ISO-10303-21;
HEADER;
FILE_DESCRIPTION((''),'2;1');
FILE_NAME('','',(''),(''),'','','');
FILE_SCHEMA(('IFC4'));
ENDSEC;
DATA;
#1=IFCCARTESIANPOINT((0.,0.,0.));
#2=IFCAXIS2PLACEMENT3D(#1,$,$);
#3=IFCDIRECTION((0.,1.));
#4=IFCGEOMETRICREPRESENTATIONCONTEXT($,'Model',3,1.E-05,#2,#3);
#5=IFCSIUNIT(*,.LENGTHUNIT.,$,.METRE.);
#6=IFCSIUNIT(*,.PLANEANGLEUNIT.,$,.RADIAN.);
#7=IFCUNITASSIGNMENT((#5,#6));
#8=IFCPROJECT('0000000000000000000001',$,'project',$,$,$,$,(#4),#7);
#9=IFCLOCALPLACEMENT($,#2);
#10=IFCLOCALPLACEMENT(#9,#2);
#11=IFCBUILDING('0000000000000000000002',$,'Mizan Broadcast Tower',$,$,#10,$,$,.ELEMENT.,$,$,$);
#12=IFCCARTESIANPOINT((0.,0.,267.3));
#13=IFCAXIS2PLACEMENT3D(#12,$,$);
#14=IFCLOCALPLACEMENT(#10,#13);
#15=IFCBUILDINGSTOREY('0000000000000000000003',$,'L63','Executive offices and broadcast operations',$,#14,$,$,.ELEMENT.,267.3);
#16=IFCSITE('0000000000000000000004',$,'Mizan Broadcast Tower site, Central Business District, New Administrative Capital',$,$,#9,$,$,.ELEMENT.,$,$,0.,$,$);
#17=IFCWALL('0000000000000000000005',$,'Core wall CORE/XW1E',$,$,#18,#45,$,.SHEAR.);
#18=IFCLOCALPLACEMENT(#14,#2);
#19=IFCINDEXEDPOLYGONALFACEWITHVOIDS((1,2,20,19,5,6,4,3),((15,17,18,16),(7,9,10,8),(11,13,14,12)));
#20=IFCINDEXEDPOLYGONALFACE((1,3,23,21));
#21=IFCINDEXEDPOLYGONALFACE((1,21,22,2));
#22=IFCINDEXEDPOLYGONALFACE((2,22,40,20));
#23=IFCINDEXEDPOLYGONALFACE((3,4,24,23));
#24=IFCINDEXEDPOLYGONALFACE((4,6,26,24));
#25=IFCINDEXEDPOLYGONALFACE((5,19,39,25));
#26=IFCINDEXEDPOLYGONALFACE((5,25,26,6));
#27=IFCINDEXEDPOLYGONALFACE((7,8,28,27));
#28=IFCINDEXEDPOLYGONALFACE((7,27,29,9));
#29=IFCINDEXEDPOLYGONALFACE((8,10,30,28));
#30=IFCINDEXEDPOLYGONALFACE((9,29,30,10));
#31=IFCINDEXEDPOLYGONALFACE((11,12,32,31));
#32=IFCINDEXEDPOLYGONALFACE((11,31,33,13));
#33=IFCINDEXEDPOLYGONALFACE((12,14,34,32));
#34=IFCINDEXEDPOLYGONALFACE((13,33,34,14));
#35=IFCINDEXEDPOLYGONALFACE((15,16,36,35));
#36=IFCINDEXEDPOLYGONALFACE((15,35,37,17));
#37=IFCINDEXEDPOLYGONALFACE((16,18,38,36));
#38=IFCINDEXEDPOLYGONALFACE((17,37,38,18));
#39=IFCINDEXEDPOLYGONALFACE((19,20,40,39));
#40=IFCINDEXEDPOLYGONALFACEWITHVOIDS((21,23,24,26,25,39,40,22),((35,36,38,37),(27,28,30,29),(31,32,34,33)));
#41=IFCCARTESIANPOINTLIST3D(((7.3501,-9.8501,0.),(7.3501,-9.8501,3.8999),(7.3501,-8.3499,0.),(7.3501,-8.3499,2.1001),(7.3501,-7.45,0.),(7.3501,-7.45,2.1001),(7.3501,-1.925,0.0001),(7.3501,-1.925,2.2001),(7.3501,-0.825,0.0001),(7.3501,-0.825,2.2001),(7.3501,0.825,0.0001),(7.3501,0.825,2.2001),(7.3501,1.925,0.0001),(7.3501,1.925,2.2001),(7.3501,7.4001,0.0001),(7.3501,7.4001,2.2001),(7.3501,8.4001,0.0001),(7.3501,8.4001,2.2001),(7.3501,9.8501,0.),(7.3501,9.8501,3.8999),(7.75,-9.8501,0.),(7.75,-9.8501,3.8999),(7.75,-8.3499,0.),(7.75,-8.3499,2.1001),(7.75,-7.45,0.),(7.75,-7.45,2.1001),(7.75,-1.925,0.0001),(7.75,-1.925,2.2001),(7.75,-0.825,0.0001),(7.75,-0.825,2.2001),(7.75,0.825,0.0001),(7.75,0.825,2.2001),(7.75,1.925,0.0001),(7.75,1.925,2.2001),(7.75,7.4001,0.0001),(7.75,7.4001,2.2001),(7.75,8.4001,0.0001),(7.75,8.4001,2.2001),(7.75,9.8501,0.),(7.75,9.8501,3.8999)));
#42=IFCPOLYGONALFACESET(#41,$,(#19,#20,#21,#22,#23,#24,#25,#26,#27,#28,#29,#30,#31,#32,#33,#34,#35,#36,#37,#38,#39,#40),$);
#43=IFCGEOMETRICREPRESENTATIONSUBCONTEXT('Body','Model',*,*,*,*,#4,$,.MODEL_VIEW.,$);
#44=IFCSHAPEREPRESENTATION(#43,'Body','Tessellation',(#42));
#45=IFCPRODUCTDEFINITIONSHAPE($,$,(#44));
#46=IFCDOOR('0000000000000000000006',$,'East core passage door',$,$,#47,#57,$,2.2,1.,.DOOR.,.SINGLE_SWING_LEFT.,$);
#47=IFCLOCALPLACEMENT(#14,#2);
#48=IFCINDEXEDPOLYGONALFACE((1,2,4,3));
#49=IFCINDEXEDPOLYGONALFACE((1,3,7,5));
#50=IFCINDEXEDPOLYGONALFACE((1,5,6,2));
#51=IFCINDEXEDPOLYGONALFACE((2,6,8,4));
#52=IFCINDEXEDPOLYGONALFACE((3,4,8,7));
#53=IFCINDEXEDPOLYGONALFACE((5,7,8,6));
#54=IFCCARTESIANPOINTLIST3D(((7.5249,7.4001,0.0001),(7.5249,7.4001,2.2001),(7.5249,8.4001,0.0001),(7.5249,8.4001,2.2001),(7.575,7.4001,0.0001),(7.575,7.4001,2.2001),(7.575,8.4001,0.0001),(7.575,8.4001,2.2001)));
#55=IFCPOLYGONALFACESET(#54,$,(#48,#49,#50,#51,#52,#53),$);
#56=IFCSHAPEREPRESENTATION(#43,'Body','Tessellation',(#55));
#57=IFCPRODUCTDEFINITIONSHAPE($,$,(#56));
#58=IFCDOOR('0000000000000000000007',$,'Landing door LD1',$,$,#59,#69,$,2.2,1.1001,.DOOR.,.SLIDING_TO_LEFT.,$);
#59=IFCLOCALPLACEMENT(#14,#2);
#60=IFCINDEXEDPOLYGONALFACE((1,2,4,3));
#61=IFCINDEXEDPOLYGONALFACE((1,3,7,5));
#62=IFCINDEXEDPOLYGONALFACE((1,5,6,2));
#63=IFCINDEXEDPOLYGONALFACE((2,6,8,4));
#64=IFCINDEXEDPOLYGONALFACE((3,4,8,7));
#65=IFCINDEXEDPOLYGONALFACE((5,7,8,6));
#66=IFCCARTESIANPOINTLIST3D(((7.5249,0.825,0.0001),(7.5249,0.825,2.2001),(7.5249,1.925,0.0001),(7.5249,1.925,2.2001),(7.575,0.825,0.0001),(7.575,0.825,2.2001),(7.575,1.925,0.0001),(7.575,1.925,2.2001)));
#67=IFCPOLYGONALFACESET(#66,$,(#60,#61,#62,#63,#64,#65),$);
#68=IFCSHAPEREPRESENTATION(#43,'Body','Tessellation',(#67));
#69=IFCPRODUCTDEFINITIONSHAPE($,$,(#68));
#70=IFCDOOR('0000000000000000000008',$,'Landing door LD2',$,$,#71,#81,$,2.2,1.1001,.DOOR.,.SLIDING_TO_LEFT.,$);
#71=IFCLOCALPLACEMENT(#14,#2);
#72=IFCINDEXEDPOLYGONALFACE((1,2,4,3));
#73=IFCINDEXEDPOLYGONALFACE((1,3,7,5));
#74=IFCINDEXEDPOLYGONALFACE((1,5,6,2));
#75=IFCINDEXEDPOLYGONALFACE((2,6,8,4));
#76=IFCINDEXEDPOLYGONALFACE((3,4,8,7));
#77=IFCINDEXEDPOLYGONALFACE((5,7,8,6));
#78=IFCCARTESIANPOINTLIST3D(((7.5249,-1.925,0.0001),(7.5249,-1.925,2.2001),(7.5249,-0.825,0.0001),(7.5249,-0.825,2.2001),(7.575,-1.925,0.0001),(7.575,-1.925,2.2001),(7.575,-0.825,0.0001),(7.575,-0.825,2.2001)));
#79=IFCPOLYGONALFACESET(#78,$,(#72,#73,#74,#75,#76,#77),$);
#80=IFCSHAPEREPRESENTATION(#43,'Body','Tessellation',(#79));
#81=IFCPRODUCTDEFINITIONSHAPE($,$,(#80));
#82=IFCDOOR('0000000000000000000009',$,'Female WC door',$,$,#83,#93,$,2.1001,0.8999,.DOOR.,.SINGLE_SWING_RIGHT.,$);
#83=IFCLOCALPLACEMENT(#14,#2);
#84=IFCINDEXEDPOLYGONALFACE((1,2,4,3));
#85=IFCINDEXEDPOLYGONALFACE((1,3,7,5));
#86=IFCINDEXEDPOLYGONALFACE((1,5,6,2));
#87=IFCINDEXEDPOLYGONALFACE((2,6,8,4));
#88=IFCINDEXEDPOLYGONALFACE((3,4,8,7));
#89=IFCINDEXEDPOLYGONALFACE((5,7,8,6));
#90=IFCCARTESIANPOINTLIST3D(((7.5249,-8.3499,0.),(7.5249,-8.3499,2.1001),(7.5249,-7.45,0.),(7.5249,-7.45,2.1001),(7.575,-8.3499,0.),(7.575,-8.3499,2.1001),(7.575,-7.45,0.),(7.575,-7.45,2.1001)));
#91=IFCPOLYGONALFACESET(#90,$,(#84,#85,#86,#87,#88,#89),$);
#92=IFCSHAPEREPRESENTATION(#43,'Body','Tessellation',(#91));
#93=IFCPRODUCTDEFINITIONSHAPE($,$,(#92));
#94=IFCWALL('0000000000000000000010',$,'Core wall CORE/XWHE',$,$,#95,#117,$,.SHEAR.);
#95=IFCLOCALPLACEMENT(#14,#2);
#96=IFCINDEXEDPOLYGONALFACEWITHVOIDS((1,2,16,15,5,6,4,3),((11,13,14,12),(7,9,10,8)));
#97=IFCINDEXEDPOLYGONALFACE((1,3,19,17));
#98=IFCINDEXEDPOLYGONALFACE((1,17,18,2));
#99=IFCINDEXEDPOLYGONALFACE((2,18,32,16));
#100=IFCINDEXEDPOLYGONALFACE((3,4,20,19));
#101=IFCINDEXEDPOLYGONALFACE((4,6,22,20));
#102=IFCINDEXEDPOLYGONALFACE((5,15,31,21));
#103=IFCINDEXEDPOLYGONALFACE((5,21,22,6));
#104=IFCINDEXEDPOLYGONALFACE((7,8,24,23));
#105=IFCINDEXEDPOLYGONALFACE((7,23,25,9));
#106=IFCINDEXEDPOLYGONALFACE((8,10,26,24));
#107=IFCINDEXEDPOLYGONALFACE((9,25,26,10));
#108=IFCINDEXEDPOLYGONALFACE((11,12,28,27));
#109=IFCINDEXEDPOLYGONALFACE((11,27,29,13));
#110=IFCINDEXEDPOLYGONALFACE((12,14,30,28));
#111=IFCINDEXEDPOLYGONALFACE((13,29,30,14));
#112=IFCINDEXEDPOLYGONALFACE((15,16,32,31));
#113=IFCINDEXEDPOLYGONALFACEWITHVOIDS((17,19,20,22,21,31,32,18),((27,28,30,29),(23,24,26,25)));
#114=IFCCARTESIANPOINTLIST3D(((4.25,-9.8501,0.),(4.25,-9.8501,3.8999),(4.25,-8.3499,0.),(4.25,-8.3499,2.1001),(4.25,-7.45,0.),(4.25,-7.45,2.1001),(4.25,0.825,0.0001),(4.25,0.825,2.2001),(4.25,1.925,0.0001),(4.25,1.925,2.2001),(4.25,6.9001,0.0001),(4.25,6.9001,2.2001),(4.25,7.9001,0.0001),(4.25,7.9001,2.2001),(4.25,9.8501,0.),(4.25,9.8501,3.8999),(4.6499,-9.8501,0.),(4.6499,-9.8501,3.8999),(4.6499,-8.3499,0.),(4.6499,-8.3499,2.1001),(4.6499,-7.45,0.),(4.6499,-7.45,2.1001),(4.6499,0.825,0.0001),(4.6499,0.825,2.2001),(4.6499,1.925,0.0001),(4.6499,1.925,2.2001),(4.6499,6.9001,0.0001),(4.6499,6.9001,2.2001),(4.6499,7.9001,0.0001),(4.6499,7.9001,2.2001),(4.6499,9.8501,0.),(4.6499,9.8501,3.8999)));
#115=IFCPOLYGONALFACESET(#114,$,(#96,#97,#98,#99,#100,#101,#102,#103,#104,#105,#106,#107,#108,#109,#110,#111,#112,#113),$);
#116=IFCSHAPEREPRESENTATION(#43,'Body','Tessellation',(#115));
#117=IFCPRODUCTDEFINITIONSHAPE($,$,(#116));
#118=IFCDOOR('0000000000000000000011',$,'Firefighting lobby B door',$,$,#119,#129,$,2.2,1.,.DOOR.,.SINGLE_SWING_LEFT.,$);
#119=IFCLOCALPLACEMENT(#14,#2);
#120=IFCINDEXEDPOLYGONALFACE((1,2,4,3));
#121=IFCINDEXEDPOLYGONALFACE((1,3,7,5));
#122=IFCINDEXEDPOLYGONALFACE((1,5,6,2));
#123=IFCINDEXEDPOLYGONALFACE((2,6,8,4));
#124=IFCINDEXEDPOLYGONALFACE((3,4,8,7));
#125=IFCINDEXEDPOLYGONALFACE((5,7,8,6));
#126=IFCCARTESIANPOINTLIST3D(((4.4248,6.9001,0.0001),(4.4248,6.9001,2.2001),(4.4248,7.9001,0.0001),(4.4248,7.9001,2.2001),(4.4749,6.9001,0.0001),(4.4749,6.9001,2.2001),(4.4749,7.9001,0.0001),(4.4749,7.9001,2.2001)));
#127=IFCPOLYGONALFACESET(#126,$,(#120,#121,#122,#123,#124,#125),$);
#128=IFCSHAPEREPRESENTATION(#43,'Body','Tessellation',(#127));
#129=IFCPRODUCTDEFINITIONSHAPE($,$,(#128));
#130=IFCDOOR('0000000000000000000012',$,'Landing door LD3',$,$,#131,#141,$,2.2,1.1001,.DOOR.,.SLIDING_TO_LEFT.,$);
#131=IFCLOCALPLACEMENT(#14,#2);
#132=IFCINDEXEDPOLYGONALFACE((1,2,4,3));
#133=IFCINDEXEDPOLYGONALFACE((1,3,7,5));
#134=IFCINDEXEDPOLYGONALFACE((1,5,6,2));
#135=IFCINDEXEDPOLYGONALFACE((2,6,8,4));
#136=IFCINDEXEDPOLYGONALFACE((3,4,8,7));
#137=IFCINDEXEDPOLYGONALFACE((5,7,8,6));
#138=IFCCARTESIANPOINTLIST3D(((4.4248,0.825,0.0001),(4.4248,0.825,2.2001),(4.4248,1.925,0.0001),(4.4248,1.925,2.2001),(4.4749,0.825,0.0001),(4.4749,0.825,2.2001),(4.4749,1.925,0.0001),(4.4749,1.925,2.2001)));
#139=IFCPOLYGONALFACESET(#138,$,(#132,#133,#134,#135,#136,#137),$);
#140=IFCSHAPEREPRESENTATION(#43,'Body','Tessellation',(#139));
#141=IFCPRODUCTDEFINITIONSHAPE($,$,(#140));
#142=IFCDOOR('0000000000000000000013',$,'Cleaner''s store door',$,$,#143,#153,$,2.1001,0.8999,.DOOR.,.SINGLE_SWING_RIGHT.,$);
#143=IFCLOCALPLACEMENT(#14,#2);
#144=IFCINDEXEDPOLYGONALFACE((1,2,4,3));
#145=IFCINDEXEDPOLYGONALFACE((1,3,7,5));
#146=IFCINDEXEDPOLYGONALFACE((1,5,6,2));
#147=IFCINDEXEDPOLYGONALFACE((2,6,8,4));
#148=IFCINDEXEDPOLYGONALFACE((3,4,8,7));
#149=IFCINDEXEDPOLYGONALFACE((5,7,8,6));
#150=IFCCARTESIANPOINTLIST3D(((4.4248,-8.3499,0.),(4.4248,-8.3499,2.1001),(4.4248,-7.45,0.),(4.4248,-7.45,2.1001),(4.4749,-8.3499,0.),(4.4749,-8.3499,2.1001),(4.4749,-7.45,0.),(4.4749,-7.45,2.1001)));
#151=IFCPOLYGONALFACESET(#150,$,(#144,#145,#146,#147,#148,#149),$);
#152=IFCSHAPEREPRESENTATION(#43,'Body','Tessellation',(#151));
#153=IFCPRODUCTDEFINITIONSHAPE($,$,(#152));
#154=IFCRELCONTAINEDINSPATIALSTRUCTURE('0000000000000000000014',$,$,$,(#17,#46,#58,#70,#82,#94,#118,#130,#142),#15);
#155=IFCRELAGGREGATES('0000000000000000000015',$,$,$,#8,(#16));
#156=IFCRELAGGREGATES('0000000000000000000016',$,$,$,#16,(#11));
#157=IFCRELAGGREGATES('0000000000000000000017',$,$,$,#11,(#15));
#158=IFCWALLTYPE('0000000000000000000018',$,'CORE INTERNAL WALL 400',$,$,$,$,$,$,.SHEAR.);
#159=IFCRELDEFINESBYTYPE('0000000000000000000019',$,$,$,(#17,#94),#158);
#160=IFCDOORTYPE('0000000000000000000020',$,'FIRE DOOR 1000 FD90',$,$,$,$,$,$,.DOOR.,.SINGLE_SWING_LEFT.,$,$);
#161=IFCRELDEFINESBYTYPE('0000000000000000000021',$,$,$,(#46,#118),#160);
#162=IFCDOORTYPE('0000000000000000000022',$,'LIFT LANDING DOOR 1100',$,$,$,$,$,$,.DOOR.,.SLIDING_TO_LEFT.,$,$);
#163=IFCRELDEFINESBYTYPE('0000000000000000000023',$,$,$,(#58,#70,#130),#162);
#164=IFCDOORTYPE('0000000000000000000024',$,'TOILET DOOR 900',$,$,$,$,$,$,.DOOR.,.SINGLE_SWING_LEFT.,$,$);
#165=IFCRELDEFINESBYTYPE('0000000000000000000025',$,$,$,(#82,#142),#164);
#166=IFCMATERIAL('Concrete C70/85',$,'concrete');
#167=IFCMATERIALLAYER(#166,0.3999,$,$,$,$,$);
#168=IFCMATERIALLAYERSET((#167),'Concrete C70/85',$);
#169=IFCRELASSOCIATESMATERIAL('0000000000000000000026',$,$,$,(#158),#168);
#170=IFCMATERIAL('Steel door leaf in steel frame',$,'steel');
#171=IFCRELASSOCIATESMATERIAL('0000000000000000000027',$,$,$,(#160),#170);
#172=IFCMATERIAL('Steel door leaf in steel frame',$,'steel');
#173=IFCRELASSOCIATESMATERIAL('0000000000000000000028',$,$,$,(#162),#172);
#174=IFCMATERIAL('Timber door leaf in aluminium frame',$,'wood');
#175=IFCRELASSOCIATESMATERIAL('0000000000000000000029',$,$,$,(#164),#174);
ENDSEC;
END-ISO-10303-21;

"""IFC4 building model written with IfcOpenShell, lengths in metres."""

from ifc_helpers import new_model, si_unit, direction, frame, frame_2d, origin, place, context, subcontext, project, spatial, rectangle, extrude, material, layer, layer_set, type_object, element, fill, save


model = new_model("IFC4")

# Units and contexts
model_context = context("Model", 3, precision=1e-05, world=origin(), true_north=direction((0.0, 1.0)))
body_context = subcontext(model_context, "Body", "Model", "MODEL_VIEW")
ifc_project = project(units=[si_unit("LENGTHUNIT", "METRE"), si_unit("PLANEANGLEUNIT", "RADIAN")], contexts=[model_context])

# Site, building, storey
site_placement = place(None, origin())
site = spatial("IfcSite", under=ifc_project, at=site_placement, Name="Mizan Broadcast Tower site, Central Business District, New Administrative Capital", CompositionType="ELEMENT", RefElevation=0.0)
building_placement = place(site_placement, origin())
building = spatial("IfcBuilding", under=site, at=building_placement, Name="Mizan Broadcast Tower", CompositionType="ELEMENT")
storey_placement = place(building_placement, frame((0.0, 0.0, 267.3)))
storey = spatial("IfcBuildingStorey", under=building, at=storey_placement, Name="L63", Description="Executive offices and broadcast operations", CompositionType="ELEMENT", Elevation=267.3)

# Walls, openings, doors
ifc_material_1 = material(Name="Concrete C70/85", Category="concrete")
ifc_layer_1 = layer(ifc_material_1, 0.3999)
ifc_layer_set_1 = layer_set([ifc_layer_1], Name="Concrete C70/85")
wall_type_1 = type_object("IfcWallType", Name="CORE INTERNAL WALL 400", PredefinedType="SHEAR", material=ifc_layer_set_1)
wall_1_placement = place(storey_placement, frame((7.55, 9.8501, 0.0), z_axis=(0.0, 0.0, 1.0), x_axis=(0.0, -1.0, 0.0)))
wall_1 = element("IfcWall", 1, at=wall_1_placement, inside=storey, type_object=wall_type_1, Name="Core wall CORE/XW1E", PredefinedType="SHEAR", context=body_context, shape_type="SweptSolid", body=[
    extrude(rectangle(XDim=19.7002, YDim=0.3999, at=frame_2d((9.8501, 0.0))), origin(), (0.0, 0.0, 1.0), 3.8999),
])
opening_1_placement = place(wall_1_placement, frame((1.45, 0.0, 0.0)))
opening_1 = element("IfcOpeningElement", 2, at=opening_1_placement, cuts=wall_1, PredefinedType="OPENING", context=body_context, shape_type="SweptSolid", body=[
    extrude(rectangle(XDim=1.0, YDim=2.2, at=frame_2d((0.5, 1.1001))), frame((0.0, 0.21, 0.0), z_axis=(0.0, -1.0, 0.0), x_axis=(1.0, 0.0, 0.0)), (0.0, 0.0, 1.0), 0.4199),
])
opening_2_placement = place(wall_1_placement, frame((17.3, 0.0, 0.0)))
opening_2 = element("IfcOpeningElement", 3, at=opening_2_placement, cuts=wall_1, PredefinedType="OPENING", context=body_context, shape_type="SweptSolid", body=[
    extrude(rectangle(XDim=0.8999, YDim=2.1001, at=frame_2d((0.45, 1.05))), frame((0.0, 0.21, 0.0), z_axis=(0.0, -1.0, 0.0), x_axis=(1.0, 0.0, 0.0)), (0.0, 0.0, 1.0), 0.4199),
])
opening_3_placement = place(wall_1_placement, frame((7.925, 0.0, 0.0)))
opening_3 = element("IfcOpeningElement", 4, at=opening_3_placement, cuts=wall_1, PredefinedType="OPENING", context=body_context, shape_type="SweptSolid", body=[
    extrude(rectangle(XDim=1.1001, YDim=2.2, at=frame_2d((0.55, 1.1001))), frame((0.0, 0.21, 0.0), z_axis=(0.0, -1.0, 0.0), x_axis=(1.0, 0.0, 0.0)), (0.0, 0.0, 1.0), 0.4199),
])
opening_4_placement = place(wall_1_placement, frame((10.675, 0.0, 0.0)))
opening_4 = element("IfcOpeningElement", 5, at=opening_4_placement, cuts=wall_1, PredefinedType="OPENING", context=body_context, shape_type="SweptSolid", body=[
    extrude(rectangle(XDim=1.1001, YDim=2.2, at=frame_2d((0.55, 1.1001))), frame((0.0, 0.21, 0.0), z_axis=(0.0, -1.0, 0.0), x_axis=(1.0, 0.0, 0.0)), (0.0, 0.0, 1.0), 0.4199),
])
ifc_material_2 = material(Name="Steel door leaf in steel frame", Category="steel")
door_type_1 = type_object("IfcDoorType", Name="FIRE DOOR 1000 FD90", OperationType="SINGLE_SWING_LEFT", PredefinedType="DOOR", material=ifc_material_2)
door_1_placement = place(opening_1_placement, origin())
door_1 = element("IfcDoor", 6, at=door_1_placement, inside=storey, type_object=door_type_1, Name="East core passage door", OperationType="SINGLE_SWING_LEFT", OverallHeight=2.2, OverallWidth=1.0, PredefinedType="DOOR", context=body_context, shape_type="SweptSolid", body=[
    extrude(rectangle(XDim=1.0, YDim=2.2, at=frame_2d((0.5, 1.1001))), frame((0.0, 0.0249, 0.0), z_axis=(0.0, -1.0, 0.0), x_axis=(1.0, 0.0, 0.0)), (0.0, 0.0, 1.0), 0.05),
])
fill(opening_1, door_1)
ifc_material_3 = material(Name="Steel door leaf in steel frame", Category="steel")
door_type_2 = type_object("IfcDoorType", Name="LIFT LANDING DOOR 1100", OperationType="SLIDING_TO_LEFT", PredefinedType="DOOR", material=ifc_material_3)
door_2_placement = place(opening_3_placement, origin())
door_2 = element("IfcDoor", 7, at=door_2_placement, inside=storey, type_object=door_type_2, Name="Landing door LD1", OperationType="SLIDING_TO_LEFT", OverallHeight=2.2, OverallWidth=1.1001, PredefinedType="DOOR", context=body_context, shape_type="SweptSolid", body=[
    extrude(rectangle(XDim=1.1001, YDim=2.2, at=frame_2d((0.55, 1.1001))), frame((0.0, 0.0249, 0.0), z_axis=(0.0, -1.0, 0.0), x_axis=(1.0, 0.0, 0.0)), (0.0, 0.0, 1.0), 0.05),
])
fill(opening_3, door_2)
door_3_placement = place(opening_4_placement, origin())
door_3 = element("IfcDoor", 8, at=door_3_placement, inside=storey, type_object=door_type_2, Name="Landing door LD2", OperationType="SLIDING_TO_LEFT", OverallHeight=2.2, OverallWidth=1.1001, PredefinedType="DOOR", context=body_context, shape_type="SweptSolid", body=[
    extrude(rectangle(XDim=1.1001, YDim=2.2, at=frame_2d((0.55, 1.1001))), frame((0.0, 0.0249, 0.0), z_axis=(0.0, -1.0, 0.0), x_axis=(1.0, 0.0, 0.0)), (0.0, 0.0, 1.0), 0.05),
])
fill(opening_4, door_3)
ifc_material_4 = material(Name="Timber door leaf in aluminium frame", Category="wood")
door_type_3 = type_object("IfcDoorType", Name="TOILET DOOR 900", OperationType="SINGLE_SWING_LEFT", PredefinedType="DOOR", material=ifc_material_4)
door_4_placement = place(opening_2_placement, origin())
door_4 = element("IfcDoor", 9, at=door_4_placement, inside=storey, type_object=door_type_3, Name="Female WC door", OperationType="SINGLE_SWING_RIGHT", OverallHeight=2.1001, OverallWidth=0.8999, PredefinedType="DOOR", context=body_context, shape_type="SweptSolid", body=[
    extrude(rectangle(XDim=0.8999, YDim=2.1001, at=frame_2d((0.45, 1.05))), frame((0.0, 0.0249, 0.0), z_axis=(0.0, -1.0, 0.0), x_axis=(1.0, 0.0, 0.0)), (0.0, 0.0, 1.0), 0.05),
])
fill(opening_2, door_4)
wall_2_placement = place(storey_placement, frame((4.45, 9.8501, 0.0), z_axis=(0.0, 0.0, 1.0), x_axis=(0.0, -1.0, 0.0)))
wall_2 = element("IfcWall", 10, at=wall_2_placement, inside=storey, type_object=wall_type_1, Name="Core wall CORE/XWHE", PredefinedType="SHEAR", context=body_context, shape_type="SweptSolid", body=[
    extrude(rectangle(XDim=19.7002, YDim=0.3999, at=frame_2d((9.8501, 0.0))), origin(), (0.0, 0.0, 1.0), 3.8999),
])
opening_5_placement = place(wall_2_placement, frame((1.95, 0.0, 0.0)))
opening_5 = element("IfcOpeningElement", 11, at=opening_5_placement, cuts=wall_2, PredefinedType="OPENING", context=body_context, shape_type="SweptSolid", body=[
    extrude(rectangle(XDim=1.0, YDim=2.2, at=frame_2d((0.5, 1.1001))), frame((0.0, 0.21, 0.0), z_axis=(0.0, -1.0, 0.0), x_axis=(1.0, 0.0, 0.0)), (0.0, 0.0, 1.0), 0.4199),
])
opening_6_placement = place(wall_2_placement, frame((17.3, 0.0, 0.0)))
opening_6 = element("IfcOpeningElement", 12, at=opening_6_placement, cuts=wall_2, PredefinedType="OPENING", context=body_context, shape_type="SweptSolid", body=[
    extrude(rectangle(XDim=0.8999, YDim=2.1001, at=frame_2d((0.45, 1.05))), frame((0.0, 0.21, 0.0), z_axis=(0.0, -1.0, 0.0), x_axis=(1.0, 0.0, 0.0)), (0.0, 0.0, 1.0), 0.4199),
])
opening_7_placement = place(wall_2_placement, frame((7.925, 0.0, 0.0)))
opening_7 = element("IfcOpeningElement", 13, at=opening_7_placement, cuts=wall_2, PredefinedType="OPENING", context=body_context, shape_type="SweptSolid", body=[
    extrude(rectangle(XDim=1.1001, YDim=2.2, at=frame_2d((0.55, 1.1001))), frame((0.0, 0.21, 0.0), z_axis=(0.0, -1.0, 0.0), x_axis=(1.0, 0.0, 0.0)), (0.0, 0.0, 1.0), 0.4199),
])
door_5_placement = place(opening_5_placement, origin())
door_5 = element("IfcDoor", 14, at=door_5_placement, inside=storey, type_object=door_type_1, Name="Firefighting lobby B door", OperationType="SINGLE_SWING_LEFT", OverallHeight=2.2, OverallWidth=1.0, PredefinedType="DOOR", context=body_context, shape_type="SweptSolid", body=[
    extrude(rectangle(XDim=1.0, YDim=2.2, at=frame_2d((0.5, 1.1001))), frame((0.0, 0.0249, 0.0), z_axis=(0.0, -1.0, 0.0), x_axis=(1.0, 0.0, 0.0)), (0.0, 0.0, 1.0), 0.05),
])
fill(opening_5, door_5)
door_6_placement = place(opening_7_placement, origin())
door_6 = element("IfcDoor", 15, at=door_6_placement, inside=storey, type_object=door_type_2, Name="Landing door LD3", OperationType="SLIDING_TO_LEFT", OverallHeight=2.2, OverallWidth=1.1001, PredefinedType="DOOR", context=body_context, shape_type="SweptSolid", body=[
    extrude(rectangle(XDim=1.1001, YDim=2.2, at=frame_2d((0.55, 1.1001))), frame((0.0, 0.0249, 0.0), z_axis=(0.0, -1.0, 0.0), x_axis=(1.0, 0.0, 0.0)), (0.0, 0.0, 1.0), 0.05),
])
fill(opening_7, door_6)
door_7_placement = place(opening_6_placement, origin())
door_7 = element("IfcDoor", 16, at=door_7_placement, inside=storey, type_object=door_type_3, Name="Cleaner's store door", OperationType="SINGLE_SWING_RIGHT", OverallHeight=2.1001, OverallWidth=0.8999, PredefinedType="DOOR", context=body_context, shape_type="SweptSolid", body=[
    extrude(rectangle(XDim=0.8999, YDim=2.1001, at=frame_2d((0.45, 1.05))), frame((0.0, 0.0249, 0.0), z_axis=(0.0, -1.0, 0.0), x_axis=(1.0, 0.0, 0.0)), (0.0, 0.0, 1.0), 0.05),
])
fill(opening_6, door_7)

save(model, "model.ifc")
